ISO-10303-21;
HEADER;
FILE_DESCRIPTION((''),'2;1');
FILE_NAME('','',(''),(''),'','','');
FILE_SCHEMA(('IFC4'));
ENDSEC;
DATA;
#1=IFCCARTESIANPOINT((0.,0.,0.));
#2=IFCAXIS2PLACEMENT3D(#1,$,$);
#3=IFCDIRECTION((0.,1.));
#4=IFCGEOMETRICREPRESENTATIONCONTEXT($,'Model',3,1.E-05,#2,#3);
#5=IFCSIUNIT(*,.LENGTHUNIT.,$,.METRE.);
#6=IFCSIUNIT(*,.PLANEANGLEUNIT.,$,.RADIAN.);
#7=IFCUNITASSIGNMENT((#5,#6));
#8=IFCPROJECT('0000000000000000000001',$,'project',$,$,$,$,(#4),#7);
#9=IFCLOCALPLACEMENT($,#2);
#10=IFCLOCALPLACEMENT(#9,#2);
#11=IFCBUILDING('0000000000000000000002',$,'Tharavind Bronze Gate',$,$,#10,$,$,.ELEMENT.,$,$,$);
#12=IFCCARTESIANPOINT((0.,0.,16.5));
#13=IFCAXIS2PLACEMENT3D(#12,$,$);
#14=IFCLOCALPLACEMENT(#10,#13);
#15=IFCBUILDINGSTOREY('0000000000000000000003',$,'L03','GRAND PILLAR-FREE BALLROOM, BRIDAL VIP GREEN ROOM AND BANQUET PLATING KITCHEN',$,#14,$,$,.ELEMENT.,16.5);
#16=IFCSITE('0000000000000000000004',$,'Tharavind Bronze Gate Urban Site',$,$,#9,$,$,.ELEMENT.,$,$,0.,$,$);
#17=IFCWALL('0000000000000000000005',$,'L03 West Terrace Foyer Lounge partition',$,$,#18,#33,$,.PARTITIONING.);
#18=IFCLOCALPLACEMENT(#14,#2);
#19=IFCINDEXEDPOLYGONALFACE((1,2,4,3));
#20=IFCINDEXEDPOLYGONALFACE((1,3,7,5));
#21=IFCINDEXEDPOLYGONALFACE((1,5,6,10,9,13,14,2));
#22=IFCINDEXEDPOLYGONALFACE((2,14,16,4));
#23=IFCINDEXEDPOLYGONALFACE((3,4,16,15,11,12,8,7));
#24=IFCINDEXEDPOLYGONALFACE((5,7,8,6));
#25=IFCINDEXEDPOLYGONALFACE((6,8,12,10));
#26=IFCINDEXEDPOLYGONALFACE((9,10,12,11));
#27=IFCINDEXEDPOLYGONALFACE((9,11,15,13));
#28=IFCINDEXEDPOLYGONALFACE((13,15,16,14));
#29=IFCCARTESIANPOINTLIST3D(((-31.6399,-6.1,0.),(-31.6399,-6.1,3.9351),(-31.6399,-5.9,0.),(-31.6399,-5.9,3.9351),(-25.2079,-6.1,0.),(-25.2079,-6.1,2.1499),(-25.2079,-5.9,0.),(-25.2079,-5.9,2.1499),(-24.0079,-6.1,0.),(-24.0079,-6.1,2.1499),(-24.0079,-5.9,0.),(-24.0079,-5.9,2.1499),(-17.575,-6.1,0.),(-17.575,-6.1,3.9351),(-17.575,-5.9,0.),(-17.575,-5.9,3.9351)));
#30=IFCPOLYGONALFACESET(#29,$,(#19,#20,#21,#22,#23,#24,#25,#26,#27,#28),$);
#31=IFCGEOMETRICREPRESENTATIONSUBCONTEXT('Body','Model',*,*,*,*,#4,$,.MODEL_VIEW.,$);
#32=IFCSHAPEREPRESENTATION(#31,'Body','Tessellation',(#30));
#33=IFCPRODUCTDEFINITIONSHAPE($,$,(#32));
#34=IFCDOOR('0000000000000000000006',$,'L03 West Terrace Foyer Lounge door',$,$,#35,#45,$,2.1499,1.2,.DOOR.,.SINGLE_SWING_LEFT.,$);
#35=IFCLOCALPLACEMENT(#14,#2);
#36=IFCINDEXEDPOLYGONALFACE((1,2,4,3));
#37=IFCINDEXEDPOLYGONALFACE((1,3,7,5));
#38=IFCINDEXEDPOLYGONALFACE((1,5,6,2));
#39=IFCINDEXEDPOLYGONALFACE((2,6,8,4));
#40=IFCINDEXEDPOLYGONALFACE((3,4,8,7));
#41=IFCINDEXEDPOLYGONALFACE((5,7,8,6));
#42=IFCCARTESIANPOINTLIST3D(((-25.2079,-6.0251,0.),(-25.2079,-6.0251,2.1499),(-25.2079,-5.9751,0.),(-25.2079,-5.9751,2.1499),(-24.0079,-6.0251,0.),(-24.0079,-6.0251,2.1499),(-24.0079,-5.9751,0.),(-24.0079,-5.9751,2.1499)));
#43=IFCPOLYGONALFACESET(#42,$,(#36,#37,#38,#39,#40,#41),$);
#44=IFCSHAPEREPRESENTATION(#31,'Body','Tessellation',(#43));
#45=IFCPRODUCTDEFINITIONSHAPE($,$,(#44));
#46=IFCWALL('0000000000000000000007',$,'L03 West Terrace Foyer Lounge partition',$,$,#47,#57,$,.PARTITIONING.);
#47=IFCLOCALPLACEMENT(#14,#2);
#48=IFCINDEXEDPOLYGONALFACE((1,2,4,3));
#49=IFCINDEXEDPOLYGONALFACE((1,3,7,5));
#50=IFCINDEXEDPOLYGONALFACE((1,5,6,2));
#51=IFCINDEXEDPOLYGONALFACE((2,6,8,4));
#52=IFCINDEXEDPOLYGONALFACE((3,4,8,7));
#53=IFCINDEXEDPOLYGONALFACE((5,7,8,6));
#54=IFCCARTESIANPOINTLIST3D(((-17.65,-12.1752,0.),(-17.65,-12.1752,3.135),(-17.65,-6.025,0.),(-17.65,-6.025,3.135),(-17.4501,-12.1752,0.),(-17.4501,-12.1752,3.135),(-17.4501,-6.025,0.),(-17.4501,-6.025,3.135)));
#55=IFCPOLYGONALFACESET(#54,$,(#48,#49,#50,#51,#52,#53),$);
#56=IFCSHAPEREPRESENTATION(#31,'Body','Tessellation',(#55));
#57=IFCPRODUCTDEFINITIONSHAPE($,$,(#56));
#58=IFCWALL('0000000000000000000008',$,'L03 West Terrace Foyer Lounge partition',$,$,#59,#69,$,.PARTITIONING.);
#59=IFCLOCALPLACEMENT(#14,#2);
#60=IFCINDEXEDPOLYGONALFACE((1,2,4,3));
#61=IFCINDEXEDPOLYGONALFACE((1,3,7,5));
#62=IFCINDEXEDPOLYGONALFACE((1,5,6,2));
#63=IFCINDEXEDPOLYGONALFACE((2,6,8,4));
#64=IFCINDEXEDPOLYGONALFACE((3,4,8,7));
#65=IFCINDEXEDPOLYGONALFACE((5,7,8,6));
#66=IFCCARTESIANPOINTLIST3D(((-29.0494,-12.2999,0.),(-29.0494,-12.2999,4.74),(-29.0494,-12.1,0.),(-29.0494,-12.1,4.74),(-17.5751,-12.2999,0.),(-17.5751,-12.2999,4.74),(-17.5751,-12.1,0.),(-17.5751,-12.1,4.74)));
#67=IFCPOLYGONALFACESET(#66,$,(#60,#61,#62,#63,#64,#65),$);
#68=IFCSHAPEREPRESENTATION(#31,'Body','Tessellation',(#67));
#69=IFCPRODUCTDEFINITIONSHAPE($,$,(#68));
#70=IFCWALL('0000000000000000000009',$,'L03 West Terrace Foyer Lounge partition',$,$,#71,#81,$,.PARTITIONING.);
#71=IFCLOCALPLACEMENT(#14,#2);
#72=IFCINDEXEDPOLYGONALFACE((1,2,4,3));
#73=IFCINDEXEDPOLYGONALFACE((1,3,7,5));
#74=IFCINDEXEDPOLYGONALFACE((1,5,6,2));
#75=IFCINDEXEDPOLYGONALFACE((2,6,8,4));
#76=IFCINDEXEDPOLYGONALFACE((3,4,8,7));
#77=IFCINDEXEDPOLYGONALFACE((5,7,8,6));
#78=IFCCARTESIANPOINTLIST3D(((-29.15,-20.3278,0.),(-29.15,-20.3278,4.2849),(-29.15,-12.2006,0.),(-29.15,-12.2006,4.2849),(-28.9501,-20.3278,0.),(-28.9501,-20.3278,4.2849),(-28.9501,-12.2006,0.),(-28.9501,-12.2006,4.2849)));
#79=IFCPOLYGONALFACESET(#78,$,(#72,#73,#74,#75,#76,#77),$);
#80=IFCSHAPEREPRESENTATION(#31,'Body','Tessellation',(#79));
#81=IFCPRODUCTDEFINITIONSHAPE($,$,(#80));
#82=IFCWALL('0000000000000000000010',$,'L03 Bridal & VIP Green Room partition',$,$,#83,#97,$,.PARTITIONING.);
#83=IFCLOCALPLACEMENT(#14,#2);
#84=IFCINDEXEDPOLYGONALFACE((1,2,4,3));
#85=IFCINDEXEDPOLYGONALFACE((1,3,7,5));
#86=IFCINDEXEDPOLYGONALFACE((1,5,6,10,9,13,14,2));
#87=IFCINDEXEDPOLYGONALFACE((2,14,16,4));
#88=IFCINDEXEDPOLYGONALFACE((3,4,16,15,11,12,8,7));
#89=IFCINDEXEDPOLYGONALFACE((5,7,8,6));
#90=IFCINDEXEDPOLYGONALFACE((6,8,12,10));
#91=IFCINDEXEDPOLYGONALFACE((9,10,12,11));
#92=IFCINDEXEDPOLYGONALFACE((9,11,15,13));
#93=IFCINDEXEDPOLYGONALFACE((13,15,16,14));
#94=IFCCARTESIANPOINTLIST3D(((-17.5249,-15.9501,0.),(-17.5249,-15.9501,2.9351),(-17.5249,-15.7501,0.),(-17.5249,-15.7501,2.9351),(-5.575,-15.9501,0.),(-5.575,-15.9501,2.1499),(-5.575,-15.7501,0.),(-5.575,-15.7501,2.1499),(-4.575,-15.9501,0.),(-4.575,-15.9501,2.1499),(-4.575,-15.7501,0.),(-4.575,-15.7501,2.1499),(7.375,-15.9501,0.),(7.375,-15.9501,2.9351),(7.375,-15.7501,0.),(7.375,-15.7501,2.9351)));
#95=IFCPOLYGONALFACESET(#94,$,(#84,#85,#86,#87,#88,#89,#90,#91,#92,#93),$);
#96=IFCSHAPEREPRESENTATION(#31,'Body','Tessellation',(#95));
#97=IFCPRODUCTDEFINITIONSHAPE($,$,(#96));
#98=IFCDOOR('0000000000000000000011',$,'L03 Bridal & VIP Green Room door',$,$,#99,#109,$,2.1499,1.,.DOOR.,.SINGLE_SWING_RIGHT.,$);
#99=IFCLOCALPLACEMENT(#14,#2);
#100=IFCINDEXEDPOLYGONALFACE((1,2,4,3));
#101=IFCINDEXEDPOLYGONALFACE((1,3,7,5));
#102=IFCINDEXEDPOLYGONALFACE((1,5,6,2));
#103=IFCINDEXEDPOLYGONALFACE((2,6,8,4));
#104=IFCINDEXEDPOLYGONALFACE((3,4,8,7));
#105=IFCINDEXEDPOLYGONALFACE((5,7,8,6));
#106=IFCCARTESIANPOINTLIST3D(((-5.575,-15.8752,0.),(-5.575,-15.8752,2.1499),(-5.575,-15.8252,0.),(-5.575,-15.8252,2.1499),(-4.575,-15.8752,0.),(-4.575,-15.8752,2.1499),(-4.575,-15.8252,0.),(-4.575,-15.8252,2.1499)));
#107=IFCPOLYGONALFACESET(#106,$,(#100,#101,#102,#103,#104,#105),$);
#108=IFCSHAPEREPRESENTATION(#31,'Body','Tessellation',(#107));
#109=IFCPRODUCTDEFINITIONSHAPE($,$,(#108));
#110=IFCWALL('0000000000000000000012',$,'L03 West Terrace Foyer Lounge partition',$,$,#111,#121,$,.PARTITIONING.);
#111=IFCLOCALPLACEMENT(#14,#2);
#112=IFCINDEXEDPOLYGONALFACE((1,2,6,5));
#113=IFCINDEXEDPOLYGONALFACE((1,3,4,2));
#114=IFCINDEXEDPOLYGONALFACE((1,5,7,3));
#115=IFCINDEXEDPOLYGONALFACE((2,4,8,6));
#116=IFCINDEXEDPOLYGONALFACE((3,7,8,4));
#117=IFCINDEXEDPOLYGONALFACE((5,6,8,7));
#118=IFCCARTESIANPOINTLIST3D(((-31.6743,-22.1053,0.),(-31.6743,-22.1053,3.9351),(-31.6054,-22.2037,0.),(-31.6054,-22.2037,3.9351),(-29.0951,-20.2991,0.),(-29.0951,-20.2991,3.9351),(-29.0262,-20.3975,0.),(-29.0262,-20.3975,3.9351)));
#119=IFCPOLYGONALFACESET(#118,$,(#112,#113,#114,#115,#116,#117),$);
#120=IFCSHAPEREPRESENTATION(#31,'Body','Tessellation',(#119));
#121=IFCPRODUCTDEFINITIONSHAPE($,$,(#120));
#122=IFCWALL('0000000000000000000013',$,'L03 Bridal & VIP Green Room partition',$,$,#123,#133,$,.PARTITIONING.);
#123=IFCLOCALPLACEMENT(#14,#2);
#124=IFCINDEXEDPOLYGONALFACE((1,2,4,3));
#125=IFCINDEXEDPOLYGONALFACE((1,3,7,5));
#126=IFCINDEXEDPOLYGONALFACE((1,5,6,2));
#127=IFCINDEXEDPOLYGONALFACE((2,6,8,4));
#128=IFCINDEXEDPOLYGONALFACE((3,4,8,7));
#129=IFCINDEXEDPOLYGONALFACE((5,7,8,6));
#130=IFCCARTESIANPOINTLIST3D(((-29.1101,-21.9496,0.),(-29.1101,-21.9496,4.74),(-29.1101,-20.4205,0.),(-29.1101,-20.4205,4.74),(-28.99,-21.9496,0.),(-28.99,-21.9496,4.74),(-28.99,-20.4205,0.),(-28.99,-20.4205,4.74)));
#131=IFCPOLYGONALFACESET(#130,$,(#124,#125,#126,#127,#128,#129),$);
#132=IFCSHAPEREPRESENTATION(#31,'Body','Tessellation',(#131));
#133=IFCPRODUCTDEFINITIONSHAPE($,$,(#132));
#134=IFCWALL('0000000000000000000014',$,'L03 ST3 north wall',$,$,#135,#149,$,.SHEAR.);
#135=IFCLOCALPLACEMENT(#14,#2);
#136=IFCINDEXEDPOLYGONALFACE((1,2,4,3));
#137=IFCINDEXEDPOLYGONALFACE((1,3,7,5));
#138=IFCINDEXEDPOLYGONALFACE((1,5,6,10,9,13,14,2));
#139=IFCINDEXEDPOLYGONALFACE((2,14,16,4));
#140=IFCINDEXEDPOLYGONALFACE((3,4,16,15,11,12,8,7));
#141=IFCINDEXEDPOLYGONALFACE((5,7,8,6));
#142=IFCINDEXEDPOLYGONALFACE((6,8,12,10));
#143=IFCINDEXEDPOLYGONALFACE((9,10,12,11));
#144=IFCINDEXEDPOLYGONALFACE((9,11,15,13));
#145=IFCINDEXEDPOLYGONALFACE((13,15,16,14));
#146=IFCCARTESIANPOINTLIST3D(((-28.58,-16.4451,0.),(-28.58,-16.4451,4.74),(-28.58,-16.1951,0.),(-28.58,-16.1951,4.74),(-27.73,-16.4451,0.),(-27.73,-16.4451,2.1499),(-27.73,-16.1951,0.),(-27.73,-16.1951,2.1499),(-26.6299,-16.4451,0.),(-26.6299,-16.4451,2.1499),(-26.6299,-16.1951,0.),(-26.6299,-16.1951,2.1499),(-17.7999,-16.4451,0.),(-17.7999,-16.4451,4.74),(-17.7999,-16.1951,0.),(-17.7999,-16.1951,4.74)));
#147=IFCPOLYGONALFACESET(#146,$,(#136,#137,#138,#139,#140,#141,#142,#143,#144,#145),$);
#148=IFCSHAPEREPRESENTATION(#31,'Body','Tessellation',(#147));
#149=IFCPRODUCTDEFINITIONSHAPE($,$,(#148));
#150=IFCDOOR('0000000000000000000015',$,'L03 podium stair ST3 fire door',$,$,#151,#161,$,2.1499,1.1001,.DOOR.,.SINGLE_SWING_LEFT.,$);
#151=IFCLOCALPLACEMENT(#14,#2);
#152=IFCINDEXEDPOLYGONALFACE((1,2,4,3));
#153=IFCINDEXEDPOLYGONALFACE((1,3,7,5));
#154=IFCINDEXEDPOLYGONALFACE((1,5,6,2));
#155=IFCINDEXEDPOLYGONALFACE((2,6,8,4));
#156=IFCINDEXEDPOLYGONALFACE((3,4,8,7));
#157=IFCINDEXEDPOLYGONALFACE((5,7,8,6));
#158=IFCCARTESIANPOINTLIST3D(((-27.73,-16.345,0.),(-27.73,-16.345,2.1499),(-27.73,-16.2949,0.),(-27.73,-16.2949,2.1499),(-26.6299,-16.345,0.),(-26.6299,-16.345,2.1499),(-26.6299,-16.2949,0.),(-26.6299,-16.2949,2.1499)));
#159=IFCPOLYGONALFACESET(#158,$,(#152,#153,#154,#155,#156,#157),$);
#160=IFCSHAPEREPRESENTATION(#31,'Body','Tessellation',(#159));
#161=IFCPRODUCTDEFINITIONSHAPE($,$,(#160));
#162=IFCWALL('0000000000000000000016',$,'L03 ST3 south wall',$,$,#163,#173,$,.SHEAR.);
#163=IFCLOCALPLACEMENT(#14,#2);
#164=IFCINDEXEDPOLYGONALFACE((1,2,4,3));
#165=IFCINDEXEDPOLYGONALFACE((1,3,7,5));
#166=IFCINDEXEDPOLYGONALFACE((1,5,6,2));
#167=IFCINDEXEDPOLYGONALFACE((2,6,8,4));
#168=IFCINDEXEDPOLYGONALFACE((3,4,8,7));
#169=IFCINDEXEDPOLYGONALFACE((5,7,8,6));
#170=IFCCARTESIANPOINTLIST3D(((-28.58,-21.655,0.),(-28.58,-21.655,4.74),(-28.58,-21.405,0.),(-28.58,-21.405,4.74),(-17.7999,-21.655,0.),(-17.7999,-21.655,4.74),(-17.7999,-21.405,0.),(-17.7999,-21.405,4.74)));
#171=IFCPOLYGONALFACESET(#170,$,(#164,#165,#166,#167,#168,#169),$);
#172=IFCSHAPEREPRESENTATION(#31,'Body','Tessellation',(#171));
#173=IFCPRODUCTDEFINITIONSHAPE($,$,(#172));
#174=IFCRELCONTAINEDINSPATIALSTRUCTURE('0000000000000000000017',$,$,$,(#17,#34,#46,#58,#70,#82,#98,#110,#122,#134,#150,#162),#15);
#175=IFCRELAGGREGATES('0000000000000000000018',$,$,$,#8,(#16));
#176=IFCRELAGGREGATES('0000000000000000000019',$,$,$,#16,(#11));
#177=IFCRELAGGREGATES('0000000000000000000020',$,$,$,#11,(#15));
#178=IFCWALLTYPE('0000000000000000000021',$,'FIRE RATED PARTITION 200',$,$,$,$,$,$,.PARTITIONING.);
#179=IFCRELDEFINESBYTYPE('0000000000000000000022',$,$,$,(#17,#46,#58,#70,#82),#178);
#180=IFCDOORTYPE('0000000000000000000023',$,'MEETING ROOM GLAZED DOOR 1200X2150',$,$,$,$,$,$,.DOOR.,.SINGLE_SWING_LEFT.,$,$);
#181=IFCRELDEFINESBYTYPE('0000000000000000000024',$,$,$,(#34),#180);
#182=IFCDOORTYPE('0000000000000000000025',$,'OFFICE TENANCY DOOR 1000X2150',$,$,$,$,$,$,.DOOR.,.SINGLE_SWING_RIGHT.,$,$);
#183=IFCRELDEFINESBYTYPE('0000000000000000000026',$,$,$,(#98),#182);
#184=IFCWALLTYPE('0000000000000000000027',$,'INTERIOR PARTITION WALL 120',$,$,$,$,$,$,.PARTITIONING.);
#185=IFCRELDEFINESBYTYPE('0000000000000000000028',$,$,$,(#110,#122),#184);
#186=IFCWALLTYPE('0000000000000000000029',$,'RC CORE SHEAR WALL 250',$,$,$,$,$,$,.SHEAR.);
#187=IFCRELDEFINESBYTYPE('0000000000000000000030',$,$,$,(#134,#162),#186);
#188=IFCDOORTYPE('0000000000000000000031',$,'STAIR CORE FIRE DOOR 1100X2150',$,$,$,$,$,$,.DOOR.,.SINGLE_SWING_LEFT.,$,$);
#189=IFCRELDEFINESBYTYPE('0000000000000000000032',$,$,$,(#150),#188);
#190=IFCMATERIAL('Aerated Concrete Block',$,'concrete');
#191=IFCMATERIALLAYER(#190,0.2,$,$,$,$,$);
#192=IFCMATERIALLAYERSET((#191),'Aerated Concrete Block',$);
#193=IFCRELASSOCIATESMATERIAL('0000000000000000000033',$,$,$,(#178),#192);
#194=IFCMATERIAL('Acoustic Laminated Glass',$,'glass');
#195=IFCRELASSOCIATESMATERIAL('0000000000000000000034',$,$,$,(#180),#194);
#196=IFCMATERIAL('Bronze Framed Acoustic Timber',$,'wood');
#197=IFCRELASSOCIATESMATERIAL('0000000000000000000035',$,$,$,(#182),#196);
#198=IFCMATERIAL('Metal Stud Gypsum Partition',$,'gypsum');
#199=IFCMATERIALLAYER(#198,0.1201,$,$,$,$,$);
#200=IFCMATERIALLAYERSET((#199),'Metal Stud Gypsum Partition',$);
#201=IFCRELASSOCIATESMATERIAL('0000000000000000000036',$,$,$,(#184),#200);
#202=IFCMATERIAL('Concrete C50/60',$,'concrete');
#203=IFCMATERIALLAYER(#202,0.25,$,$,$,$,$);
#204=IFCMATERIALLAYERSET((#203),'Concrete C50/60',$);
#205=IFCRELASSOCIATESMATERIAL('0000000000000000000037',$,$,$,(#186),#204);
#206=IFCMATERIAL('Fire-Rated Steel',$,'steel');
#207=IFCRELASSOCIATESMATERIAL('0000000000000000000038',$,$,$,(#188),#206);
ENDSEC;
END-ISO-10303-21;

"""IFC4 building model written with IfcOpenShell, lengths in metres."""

from ifc_helpers import new_model, si_unit, direction, frame, frame_2d, origin, place, context, subcontext, project, spatial, rectangle, extrude, material, layer, layer_set, type_object, element, fill, save


model = new_model("IFC4")

# Units and contexts
model_context = context("Model", 3, precision=1e-05, world=origin(), true_north=direction((0.0, 1.0)))
body_context = subcontext(model_context, "Body", "Model", "MODEL_VIEW")
ifc_project = project(units=[si_unit("LENGTHUNIT", "METRE"), si_unit("PLANEANGLEUNIT", "RADIAN")], contexts=[model_context])

# Site, building, storey
site_placement = place(None, origin())
site = spatial("IfcSite", under=ifc_project, at=site_placement, Name="Tharavind Bronze Gate Urban Site", CompositionType="ELEMENT", RefElevation=0.0)
building_placement = place(site_placement, origin())
building = spatial("IfcBuilding", under=site, at=building_placement, Name="Tharavind Bronze Gate", CompositionType="ELEMENT")
storey_placement = place(building_placement, frame((0.0, 0.0, 16.5)))
storey = spatial("IfcBuildingStorey", under=building, at=storey_placement, Name="L03", Description="GRAND PILLAR-FREE BALLROOM, BRIDAL VIP GREEN ROOM AND BANQUET PLATING KITCHEN", CompositionType="ELEMENT", Elevation=16.5)

# Wall, opening, door
ifc_material_1 = material(Name="Aerated Concrete Block", Category="concrete")
ifc_layer_1 = layer(ifc_material_1, 0.2)
ifc_layer_set_1 = layer_set([ifc_layer_1], Name="Aerated Concrete Block")
wall_type_1 = type_object("IfcWallType", Name="FIRE RATED PARTITION 200", PredefinedType="PARTITIONING", material=ifc_layer_set_1)
wall_1_placement = place(storey_placement, frame((-31.6399, -6.0, 0.0), z_axis=(0.0, 0.0, 1.0), x_axis=(1.0, 0.0, 0.0)))
wall_1 = element("IfcWall", 1, at=wall_1_placement, inside=storey, type_object=wall_type_1, Name="L03 West Terrace Foyer Lounge partition", PredefinedType="PARTITIONING", context=body_context, shape_type="SweptSolid", body=[
    extrude(rectangle(XDim=14.0649, YDim=0.2, at=frame_2d((7.0325, 0.0))), origin(), (0.0, 0.0, 1.0), 3.9351),
])
opening_1_placement = place(wall_1_placement, frame((6.4319, 0.0, 0.0)))
opening_1 = element("IfcOpeningElement", 2, at=opening_1_placement, cuts=wall_1, PredefinedType="OPENING", context=body_context, shape_type="SweptSolid", body=[
    extrude(rectangle(XDim=1.2, YDim=2.1499, at=frame_2d((0.6001, 1.075))), frame((0.0, 0.1101, 0.0), z_axis=(0.0, -1.0, 0.0), x_axis=(1.0, 0.0, 0.0)), (0.0, 0.0, 1.0), 0.22),
])
ifc_material_2 = material(Name="Acoustic Laminated Glass", Category="glass")
door_type_1 = type_object("IfcDoorType", Name="MEETING ROOM GLAZED DOOR 1200X2150", OperationType="SINGLE_SWING_LEFT", PredefinedType="DOOR", material=ifc_material_2)
door_1_placement = place(opening_1_placement, origin())
door_1 = element("IfcDoor", 3, at=door_1_placement, inside=storey, type_object=door_type_1, Name="L03 West Terrace Foyer Lounge door", OperationType="SINGLE_SWING_LEFT", OverallHeight=2.1499, OverallWidth=1.2, PredefinedType="DOOR", context=body_context, shape_type="SweptSolid", body=[
    extrude(rectangle(XDim=1.2, YDim=2.1499, at=frame_2d((0.6001, 1.075))), frame((0.0, 0.0249, 0.0), z_axis=(0.0, -1.0, 0.0), x_axis=(1.0, 0.0, 0.0)), (0.0, 0.0, 1.0), 0.05),
])
fill(opening_1, door_1)

# Walls
wall_2_placement = place(storey_placement, frame((-17.55, -6.0249, 0.0), z_axis=(0.0, 0.0, 1.0), x_axis=(0.0, -1.0, 0.0)))
element("IfcWall", 4, at=wall_2_placement, inside=storey, type_object=wall_type_1, Name="L03 West Terrace Foyer Lounge partition", PredefinedType="PARTITIONING", context=body_context, shape_type="SweptSolid", body=[
    extrude(rectangle(XDim=6.1501, YDim=0.2, at=frame_2d((3.0752, 0.0))), origin(), (0.0, 0.0, 1.0), 3.135),
])
wall_3_placement = place(storey_placement, frame((-17.575, -12.2, 0.0), z_axis=(0.0, 0.0, 1.0), x_axis=(-1.0, 0.0, 0.0)))
element("IfcWall", 5, at=wall_3_placement, inside=storey, type_object=wall_type_1, Name="L03 West Terrace Foyer Lounge partition", PredefinedType="PARTITIONING", context=body_context, shape_type="SweptSolid", body=[
    extrude(rectangle(XDim=11.4744, YDim=0.2, at=frame_2d((5.7373, 0.0))), origin(), (0.0, 0.0, 1.0), 4.74),
])
wall_4_placement = place(storey_placement, frame((-29.05, -12.2007, 0.0), z_axis=(0.0, 0.0, 1.0), x_axis=(0.0, -1.0, 0.0)))
element("IfcWall", 6, at=wall_4_placement, inside=storey, type_object=wall_type_1, Name="L03 West Terrace Foyer Lounge partition", PredefinedType="PARTITIONING", context=body_context, shape_type="SweptSolid", body=[
    extrude(rectangle(XDim=8.1272, YDim=0.2, at=frame_2d((4.0635, 0.0))), origin(), (0.0, 0.0, 1.0), 4.2849),
])

# Wall, opening, door
wall_5_placement = place(storey_placement, frame((-17.5249, -15.8501, 0.0), z_axis=(0.0, 0.0, 1.0), x_axis=(1.0, 0.0, 0.0)))
wall_5 = element("IfcWall", 7, at=wall_5_placement, inside=storey, type_object=wall_type_1, Name="L03 Bridal & VIP Green Room partition", PredefinedType="PARTITIONING", context=body_context, shape_type="SweptSolid", body=[
    extrude(rectangle(XDim=24.8999, YDim=0.2, at=frame_2d((12.45, 0.0))), origin(), (0.0, 0.0, 1.0), 2.9351),
])
opening_2_placement = place(wall_5_placement, frame((11.95, 0.0, 0.0)))
opening_2 = element("IfcOpeningElement", 8, at=opening_2_placement, cuts=wall_5, PredefinedType="OPENING", context=body_context, shape_type="SweptSolid", body=[
    extrude(rectangle(XDim=1.0, YDim=2.1499, at=frame_2d((0.5, 1.075))), frame((0.0, 0.1101, 0.0), z_axis=(0.0, -1.0, 0.0), x_axis=(1.0, 0.0, 0.0)), (0.0, 0.0, 1.0), 0.22),
])
ifc_material_3 = material(Name="Bronze Framed Acoustic Timber", Category="wood")
door_type_2 = type_object("IfcDoorType", Name="OFFICE TENANCY DOOR 1000X2150", OperationType="SINGLE_SWING_RIGHT", PredefinedType="DOOR", material=ifc_material_3)
door_2_placement = place(opening_2_placement, origin())
door_2 = element("IfcDoor", 9, at=door_2_placement, inside=storey, type_object=door_type_2, Name="L03 Bridal & VIP Green Room door", OperationType="SINGLE_SWING_RIGHT", OverallHeight=2.1499, OverallWidth=1.0, PredefinedType="DOOR", context=body_context, shape_type="SweptSolid", body=[
    extrude(rectangle(XDim=1.0, YDim=2.1499, at=frame_2d((0.5, 1.075))), frame((0.0, 0.0249, 0.0), z_axis=(0.0, -1.0, 0.0), x_axis=(1.0, 0.0, 0.0)), (0.0, 0.0, 1.0), 0.05),
])
fill(opening_2, door_2)

# Walls
ifc_material_4 = material(Name="Metal Stud Gypsum Partition", Category="gypsum")
ifc_layer_2 = layer(ifc_material_4, 0.1201)
ifc_layer_set_2 = layer_set([ifc_layer_2], Name="Metal Stud Gypsum Partition")
wall_type_2 = type_object("IfcWallType", Name="INTERIOR PARTITION WALL 120", PredefinedType="PARTITIONING", material=ifc_layer_set_2)
wall_6_placement = place(storey_placement, frame((-29.0608, -20.3484, 0.0), z_axis=(0.0, 0.0, 1.0), x_axis=(-0.819115, -0.573629, 0.0)))
element("IfcWall", 10, at=wall_6_placement, inside=storey, type_object=wall_type_2, Name="L03 West Terrace Foyer Lounge partition", PredefinedType="PARTITIONING", context=body_context, shape_type="SweptSolid", body=[
    extrude(rectangle(XDim=3.1487, YDim=0.1201, at=frame_2d((1.5742, 0.0))), origin(), (0.0, 0.0, 1.0), 3.9351),
])
wall_7_placement = place(storey_placement, frame((-29.05, -20.4204, 0.0), z_axis=(0.0, 0.0, 1.0), x_axis=(0.0, -1.0, 0.0)))
element("IfcWall", 11, at=wall_7_placement, inside=storey, type_object=wall_type_2, Name="L03 Bridal & VIP Green Room partition", PredefinedType="PARTITIONING", context=body_context, shape_type="SweptSolid", body=[
    extrude(rectangle(XDim=1.5291, YDim=0.1201, at=frame_2d((0.7646, 0.0))), origin(), (0.0, 0.0, 1.0), 4.74),
])

# Wall, opening, door
ifc_material_5 = material(Name="Concrete C50/60", Category="concrete")
ifc_layer_3 = layer(ifc_material_5, 0.25)
ifc_layer_set_3 = layer_set([ifc_layer_3], Name="Concrete C50/60")
wall_type_3 = type_object("IfcWallType", Name="RC CORE SHEAR WALL 250", PredefinedType="SHEAR", material=ifc_layer_set_3)
wall_8_placement = place(storey_placement, frame((-28.5801, -16.3201, 0.0), z_axis=(0.0, 0.0, 1.0), x_axis=(1.0, 0.0, 0.0)))
wall_8 = element("IfcWall", 12, at=wall_8_placement, inside=storey, type_object=wall_type_3, Name="L03 ST3 north wall", PredefinedType="SHEAR", context=body_context, shape_type="SweptSolid", body=[
    extrude(rectangle(XDim=10.78, YDim=0.25, at=frame_2d((5.3901, 0.0))), origin(), (0.0, 0.0, 1.0), 4.74),
])
opening_3_placement = place(wall_8_placement, frame((0.8501, 0.0, 0.0)))
opening_3 = element("IfcOpeningElement", 13, at=opening_3_placement, cuts=wall_8, PredefinedType="OPENING", context=body_context, shape_type="SweptSolid", body=[
    extrude(rectangle(XDim=1.1001, YDim=2.1499, at=frame_2d((0.55, 1.075))), frame((0.0, 0.135, 0.0), z_axis=(0.0, -1.0, 0.0), x_axis=(1.0, 0.0, 0.0)), (0.0, 0.0, 1.0), 0.27),
])
ifc_material_6 = material(Name="Fire-Rated Steel", Category="steel")
door_type_3 = type_object("IfcDoorType", Name="STAIR CORE FIRE DOOR 1100X2150", OperationType="SINGLE_SWING_LEFT", PredefinedType="DOOR", material=ifc_material_6)
door_3_placement = place(opening_3_placement, frame((1.1001, 0.0, 0.0), z_axis=(0.0, 0.0, 1.0), x_axis=(-1.0, 0.0, 0.0)))
door_3 = element("IfcDoor", 14, at=door_3_placement, inside=storey, type_object=door_type_3, Name="L03 podium stair ST3 fire door", OperationType="SINGLE_SWING_LEFT", OverallHeight=2.1499, OverallWidth=1.1001, PredefinedType="DOOR", context=body_context, shape_type="SweptSolid", body=[
    extrude(rectangle(XDim=1.1001, YDim=2.1499, at=frame_2d((0.55, 1.075))), frame((0.0, 0.0249, 0.0), z_axis=(0.0, -1.0, 0.0), x_axis=(1.0, 0.0, 0.0)), (0.0, 0.0, 1.0), 0.05),
])
fill(opening_3, door_3)

# Wall
wall_9_placement = place(storey_placement, frame((-28.5801, -21.53, 0.0), z_axis=(0.0, 0.0, 1.0), x_axis=(1.0, 0.0, 0.0)))
element("IfcWall", 15, at=wall_9_placement, inside=storey, type_object=wall_type_3, Name="L03 ST3 south wall", PredefinedType="SHEAR", context=body_context, shape_type="SweptSolid", body=[
    extrude(rectangle(XDim=10.78, YDim=0.25, at=frame_2d((5.3901, 0.0))), origin(), (0.0, 0.0, 1.0), 4.74),
])

save(model, "model.ifc")
